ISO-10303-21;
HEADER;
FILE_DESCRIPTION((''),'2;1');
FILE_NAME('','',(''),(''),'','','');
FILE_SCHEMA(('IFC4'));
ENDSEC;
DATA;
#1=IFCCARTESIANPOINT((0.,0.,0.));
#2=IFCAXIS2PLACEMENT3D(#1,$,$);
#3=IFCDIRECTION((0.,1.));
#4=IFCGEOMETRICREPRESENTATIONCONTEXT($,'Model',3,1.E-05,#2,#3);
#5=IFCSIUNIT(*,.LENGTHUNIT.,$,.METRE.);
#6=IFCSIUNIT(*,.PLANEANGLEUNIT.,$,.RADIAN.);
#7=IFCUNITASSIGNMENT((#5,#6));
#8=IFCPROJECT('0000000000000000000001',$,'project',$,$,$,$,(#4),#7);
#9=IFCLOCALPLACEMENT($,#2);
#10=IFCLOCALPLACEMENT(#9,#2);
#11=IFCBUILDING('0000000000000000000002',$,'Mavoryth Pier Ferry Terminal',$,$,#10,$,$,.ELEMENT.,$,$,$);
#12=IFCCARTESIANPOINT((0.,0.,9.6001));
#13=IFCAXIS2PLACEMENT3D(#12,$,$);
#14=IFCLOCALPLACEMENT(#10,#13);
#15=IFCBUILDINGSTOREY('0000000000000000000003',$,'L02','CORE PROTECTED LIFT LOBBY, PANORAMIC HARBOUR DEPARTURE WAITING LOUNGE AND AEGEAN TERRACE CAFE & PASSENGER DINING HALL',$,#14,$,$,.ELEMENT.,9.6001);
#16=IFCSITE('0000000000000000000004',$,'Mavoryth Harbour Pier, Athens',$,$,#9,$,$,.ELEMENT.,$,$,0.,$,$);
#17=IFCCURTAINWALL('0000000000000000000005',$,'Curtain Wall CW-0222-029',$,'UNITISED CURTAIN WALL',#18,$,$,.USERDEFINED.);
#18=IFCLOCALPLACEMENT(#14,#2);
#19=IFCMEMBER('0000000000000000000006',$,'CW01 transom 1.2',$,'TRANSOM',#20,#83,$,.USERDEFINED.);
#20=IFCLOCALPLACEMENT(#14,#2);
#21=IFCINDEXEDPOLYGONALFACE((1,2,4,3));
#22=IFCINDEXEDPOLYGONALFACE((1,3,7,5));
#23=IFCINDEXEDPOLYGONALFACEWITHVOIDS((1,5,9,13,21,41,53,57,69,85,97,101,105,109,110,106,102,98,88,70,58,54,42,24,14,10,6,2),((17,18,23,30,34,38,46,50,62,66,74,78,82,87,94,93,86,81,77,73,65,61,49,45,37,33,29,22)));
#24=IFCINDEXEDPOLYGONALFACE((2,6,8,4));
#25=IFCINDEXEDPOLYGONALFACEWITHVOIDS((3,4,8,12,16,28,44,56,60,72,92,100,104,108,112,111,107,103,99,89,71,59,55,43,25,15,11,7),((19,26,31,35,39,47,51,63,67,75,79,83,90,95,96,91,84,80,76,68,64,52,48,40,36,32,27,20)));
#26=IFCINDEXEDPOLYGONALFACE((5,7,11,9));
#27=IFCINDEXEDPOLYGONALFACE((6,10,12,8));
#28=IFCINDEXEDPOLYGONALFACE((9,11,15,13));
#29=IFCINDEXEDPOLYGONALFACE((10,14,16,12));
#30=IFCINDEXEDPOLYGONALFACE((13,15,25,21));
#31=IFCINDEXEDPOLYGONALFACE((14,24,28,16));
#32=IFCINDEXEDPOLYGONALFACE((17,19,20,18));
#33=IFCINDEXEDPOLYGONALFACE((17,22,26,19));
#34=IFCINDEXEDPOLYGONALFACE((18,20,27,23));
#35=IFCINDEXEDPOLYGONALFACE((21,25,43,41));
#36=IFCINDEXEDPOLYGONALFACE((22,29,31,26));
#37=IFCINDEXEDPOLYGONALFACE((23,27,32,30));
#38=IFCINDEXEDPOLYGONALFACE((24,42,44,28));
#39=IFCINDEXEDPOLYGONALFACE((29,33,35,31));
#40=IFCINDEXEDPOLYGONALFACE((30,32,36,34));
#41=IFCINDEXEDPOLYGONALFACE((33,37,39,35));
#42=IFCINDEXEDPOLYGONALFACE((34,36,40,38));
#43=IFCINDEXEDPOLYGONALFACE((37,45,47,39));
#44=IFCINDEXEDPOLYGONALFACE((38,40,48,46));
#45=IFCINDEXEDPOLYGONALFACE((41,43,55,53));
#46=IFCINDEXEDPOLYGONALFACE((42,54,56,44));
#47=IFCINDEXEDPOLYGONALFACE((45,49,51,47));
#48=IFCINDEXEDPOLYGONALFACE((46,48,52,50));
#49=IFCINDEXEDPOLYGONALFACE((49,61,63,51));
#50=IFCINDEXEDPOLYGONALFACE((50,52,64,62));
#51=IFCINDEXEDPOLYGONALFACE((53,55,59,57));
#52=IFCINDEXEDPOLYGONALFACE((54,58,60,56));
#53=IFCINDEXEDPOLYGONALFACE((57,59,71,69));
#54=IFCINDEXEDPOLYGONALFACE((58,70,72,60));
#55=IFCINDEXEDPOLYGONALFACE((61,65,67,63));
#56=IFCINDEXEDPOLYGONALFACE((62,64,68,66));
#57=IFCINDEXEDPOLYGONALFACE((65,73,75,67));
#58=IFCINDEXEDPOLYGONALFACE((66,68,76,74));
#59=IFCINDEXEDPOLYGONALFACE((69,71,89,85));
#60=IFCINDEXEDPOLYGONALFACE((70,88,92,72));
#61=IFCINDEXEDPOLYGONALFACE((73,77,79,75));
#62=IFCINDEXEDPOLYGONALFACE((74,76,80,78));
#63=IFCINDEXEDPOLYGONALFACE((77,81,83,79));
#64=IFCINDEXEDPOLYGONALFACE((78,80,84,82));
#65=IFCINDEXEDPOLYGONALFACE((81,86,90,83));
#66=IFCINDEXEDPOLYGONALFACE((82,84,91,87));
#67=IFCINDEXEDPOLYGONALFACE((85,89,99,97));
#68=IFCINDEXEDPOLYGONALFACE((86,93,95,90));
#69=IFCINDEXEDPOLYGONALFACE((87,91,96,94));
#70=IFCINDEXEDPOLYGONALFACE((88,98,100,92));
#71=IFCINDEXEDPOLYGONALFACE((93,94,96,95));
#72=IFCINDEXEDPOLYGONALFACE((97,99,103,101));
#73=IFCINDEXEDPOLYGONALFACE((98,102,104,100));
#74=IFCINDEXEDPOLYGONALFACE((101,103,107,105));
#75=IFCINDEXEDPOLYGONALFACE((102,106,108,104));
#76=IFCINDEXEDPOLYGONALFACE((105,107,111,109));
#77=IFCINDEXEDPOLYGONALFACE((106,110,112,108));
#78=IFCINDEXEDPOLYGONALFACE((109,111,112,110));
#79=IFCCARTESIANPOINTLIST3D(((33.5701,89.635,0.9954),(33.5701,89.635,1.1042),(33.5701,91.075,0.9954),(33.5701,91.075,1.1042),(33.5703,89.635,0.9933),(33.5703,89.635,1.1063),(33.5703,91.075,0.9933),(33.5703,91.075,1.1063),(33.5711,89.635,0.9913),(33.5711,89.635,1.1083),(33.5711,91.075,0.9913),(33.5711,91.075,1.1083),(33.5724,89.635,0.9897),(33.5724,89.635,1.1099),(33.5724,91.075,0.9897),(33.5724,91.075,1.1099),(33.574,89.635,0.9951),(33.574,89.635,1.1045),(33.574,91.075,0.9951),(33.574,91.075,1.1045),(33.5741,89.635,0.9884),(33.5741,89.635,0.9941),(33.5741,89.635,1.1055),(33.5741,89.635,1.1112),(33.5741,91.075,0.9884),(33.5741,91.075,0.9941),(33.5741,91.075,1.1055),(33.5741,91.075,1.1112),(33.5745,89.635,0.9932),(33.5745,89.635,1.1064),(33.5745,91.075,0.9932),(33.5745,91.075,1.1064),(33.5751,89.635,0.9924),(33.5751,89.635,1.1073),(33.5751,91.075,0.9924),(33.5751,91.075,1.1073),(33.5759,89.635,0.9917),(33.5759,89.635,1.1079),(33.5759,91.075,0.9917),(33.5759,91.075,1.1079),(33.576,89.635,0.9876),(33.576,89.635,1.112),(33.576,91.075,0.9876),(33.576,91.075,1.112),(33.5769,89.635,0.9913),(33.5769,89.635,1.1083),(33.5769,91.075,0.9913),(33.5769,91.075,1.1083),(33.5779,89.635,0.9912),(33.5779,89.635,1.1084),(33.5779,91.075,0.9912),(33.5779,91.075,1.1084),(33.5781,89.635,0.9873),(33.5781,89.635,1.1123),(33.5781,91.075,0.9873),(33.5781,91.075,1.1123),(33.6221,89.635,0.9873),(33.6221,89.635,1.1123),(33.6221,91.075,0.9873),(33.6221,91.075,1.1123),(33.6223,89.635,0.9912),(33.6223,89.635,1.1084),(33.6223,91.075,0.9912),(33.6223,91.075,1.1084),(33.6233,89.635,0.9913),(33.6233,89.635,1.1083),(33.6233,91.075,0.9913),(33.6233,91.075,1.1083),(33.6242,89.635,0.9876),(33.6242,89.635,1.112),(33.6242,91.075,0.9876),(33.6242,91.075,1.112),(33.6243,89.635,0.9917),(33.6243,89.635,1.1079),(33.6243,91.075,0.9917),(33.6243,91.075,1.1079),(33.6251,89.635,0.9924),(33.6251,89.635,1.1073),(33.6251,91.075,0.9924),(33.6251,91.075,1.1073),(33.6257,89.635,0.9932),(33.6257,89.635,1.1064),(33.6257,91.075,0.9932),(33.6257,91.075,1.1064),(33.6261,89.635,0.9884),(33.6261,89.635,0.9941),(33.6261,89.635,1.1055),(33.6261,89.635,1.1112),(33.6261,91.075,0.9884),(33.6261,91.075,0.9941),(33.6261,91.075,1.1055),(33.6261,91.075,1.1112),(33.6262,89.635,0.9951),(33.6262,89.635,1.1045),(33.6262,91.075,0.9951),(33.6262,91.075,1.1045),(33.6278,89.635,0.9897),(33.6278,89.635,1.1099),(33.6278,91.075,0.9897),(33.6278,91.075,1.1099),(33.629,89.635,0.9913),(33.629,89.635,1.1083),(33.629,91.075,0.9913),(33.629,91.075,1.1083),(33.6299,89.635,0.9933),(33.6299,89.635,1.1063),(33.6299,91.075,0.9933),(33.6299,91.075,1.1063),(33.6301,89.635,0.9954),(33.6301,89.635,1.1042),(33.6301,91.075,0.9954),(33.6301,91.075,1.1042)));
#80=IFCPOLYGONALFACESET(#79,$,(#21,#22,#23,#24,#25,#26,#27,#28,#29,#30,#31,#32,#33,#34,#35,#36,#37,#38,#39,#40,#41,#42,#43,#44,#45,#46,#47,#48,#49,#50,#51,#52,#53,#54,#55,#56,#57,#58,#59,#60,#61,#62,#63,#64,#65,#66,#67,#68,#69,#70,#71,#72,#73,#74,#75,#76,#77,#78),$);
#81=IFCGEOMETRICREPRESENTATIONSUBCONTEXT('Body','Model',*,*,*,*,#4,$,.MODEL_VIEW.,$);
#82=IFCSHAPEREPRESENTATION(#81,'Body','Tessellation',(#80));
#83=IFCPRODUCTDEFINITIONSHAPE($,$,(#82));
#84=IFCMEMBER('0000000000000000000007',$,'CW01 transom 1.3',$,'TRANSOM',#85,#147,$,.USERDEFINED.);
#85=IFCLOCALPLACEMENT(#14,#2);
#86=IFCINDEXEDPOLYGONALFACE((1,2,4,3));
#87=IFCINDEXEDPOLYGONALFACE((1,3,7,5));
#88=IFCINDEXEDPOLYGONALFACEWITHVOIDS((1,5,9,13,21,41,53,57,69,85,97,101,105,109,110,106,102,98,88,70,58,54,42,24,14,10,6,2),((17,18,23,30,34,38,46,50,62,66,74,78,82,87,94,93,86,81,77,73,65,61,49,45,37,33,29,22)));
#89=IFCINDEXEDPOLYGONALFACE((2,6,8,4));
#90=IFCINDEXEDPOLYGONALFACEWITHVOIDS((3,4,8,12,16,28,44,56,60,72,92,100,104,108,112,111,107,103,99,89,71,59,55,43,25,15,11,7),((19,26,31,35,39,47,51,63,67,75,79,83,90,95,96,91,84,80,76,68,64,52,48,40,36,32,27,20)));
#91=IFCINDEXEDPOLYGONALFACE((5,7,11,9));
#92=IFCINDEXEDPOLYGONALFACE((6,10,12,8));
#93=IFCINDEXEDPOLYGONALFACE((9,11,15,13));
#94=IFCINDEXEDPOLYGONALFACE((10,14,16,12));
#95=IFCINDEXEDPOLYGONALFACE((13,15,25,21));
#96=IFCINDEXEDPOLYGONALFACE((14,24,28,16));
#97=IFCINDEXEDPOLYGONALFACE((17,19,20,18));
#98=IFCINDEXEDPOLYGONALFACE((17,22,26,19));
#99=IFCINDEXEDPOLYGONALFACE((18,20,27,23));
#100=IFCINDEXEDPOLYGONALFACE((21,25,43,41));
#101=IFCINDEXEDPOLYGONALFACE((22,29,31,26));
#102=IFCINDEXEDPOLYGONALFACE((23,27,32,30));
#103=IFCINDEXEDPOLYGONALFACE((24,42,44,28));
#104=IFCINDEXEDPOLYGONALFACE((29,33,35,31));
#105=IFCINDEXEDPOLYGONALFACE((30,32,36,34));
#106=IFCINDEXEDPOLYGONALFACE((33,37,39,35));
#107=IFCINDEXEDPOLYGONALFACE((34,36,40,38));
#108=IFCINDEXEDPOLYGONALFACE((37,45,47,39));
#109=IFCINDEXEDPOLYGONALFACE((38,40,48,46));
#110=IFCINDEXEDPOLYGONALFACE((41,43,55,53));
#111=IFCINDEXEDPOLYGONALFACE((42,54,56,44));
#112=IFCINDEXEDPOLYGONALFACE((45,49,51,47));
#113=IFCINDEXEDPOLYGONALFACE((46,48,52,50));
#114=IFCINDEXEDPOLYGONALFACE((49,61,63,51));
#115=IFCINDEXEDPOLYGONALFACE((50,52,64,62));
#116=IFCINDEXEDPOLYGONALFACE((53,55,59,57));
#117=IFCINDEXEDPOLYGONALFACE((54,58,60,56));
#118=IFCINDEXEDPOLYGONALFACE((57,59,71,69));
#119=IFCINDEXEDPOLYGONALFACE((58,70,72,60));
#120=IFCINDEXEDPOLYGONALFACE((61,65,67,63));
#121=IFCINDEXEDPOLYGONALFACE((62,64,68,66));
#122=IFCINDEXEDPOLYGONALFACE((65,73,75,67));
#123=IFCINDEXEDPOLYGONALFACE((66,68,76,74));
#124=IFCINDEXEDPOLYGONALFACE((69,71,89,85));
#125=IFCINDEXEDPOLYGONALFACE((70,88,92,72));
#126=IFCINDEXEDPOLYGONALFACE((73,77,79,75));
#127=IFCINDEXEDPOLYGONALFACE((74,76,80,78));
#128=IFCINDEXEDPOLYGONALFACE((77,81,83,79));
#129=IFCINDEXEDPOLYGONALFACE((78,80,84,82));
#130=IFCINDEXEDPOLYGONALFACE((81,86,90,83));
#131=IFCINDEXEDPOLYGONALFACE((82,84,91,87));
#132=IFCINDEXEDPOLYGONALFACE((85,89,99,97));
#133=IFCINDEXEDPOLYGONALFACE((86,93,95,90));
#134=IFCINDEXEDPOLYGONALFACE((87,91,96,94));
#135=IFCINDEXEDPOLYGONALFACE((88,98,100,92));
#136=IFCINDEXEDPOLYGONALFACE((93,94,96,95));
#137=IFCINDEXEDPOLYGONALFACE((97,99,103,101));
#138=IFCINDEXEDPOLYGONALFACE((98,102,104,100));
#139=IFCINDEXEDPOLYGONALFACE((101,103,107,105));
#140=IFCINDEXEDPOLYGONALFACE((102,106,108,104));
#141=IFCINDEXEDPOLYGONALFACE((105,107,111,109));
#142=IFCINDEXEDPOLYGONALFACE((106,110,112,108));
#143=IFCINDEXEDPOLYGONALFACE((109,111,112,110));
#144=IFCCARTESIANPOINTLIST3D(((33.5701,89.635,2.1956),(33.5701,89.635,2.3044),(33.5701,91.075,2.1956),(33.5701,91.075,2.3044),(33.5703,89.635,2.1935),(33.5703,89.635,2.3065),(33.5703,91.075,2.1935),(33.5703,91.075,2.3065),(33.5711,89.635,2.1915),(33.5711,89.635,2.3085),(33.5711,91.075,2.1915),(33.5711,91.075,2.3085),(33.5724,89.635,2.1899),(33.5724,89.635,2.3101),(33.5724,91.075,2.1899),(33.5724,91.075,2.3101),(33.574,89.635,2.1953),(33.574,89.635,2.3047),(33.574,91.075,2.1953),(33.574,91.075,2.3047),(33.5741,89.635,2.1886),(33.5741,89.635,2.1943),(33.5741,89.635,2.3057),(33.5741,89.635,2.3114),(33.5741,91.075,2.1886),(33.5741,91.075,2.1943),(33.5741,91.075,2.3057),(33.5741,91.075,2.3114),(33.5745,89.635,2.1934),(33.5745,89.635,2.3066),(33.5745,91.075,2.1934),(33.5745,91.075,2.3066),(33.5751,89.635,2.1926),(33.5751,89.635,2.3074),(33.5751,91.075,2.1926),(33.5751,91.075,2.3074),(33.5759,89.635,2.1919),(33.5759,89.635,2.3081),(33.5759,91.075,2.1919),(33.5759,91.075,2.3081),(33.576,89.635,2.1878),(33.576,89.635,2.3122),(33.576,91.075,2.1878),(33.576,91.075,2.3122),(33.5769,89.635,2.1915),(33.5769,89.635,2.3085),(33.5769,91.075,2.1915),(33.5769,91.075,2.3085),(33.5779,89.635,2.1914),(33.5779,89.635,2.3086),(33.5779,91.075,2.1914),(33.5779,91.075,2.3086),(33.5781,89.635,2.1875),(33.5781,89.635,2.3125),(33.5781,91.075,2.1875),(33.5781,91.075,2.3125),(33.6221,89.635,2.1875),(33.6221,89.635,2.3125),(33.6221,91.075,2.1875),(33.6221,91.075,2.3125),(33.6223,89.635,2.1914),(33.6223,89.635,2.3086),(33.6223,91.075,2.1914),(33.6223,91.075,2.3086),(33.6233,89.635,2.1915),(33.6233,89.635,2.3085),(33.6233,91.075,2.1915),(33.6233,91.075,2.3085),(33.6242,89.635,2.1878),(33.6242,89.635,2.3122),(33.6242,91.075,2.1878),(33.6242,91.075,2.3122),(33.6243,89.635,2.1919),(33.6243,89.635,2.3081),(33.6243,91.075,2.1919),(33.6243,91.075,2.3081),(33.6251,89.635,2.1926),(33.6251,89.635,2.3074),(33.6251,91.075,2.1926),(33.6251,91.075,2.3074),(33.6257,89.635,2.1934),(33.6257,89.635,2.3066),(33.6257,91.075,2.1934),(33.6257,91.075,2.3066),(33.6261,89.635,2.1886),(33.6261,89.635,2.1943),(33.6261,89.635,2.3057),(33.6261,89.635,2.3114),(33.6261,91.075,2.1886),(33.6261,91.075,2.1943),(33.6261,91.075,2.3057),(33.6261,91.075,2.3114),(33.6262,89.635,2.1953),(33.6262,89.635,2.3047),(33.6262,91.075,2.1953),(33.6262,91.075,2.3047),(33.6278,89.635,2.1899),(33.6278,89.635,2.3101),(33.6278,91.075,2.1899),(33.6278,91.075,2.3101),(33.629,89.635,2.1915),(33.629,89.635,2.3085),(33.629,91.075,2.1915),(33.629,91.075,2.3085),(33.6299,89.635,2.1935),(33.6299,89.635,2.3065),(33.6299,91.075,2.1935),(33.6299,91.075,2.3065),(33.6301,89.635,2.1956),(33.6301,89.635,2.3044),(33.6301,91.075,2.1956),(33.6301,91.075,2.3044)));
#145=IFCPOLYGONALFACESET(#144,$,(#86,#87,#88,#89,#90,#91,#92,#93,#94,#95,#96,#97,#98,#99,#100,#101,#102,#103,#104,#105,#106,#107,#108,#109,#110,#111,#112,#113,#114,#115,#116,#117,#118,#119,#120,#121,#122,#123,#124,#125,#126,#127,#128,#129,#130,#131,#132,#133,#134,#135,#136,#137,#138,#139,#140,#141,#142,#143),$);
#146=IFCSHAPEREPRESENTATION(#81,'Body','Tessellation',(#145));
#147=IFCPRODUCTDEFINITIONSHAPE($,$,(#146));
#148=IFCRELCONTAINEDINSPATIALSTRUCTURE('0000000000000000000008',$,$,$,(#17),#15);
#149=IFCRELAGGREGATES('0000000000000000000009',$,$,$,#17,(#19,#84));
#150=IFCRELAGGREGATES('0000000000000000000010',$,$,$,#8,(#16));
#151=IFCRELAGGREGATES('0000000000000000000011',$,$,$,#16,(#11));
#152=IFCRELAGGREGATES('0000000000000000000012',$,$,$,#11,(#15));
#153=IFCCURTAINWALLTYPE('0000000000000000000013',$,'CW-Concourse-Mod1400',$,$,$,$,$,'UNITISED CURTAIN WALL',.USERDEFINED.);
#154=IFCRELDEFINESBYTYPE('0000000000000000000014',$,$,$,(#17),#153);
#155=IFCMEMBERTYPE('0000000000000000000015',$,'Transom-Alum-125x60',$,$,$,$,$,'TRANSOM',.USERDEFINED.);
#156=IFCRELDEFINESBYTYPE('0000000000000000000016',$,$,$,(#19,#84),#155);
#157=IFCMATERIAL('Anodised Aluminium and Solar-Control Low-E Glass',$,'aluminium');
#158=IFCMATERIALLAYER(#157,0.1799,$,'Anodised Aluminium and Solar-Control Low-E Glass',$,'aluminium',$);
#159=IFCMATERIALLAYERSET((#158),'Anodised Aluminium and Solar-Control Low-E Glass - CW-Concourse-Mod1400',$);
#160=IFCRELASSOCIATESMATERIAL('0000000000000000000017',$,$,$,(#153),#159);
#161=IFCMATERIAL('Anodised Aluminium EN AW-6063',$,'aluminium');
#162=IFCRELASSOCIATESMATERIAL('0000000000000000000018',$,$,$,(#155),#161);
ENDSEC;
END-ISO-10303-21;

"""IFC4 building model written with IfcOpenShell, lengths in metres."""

from ifc_helpers import new_model, si_unit, direction, frame, origin, origin_2d, place, context, subcontext, project, spatial, hollow_rectangle, extrude, material, layer, layer_set, material_profile, profile_set, type_object, element, aggregate, save


model = new_model("IFC4")

# Units and contexts
model_context = context("Model", 3, precision=1e-05, world=origin(), true_north=direction((0.0, 1.0)))
body_context = subcontext(model_context, "Body", "Model", "MODEL_VIEW")
ifc_project = project(units=[si_unit("LENGTHUNIT", "METRE"), si_unit("PLANEANGLEUNIT", "RADIAN")], contexts=[model_context])

# Site, building, storey
site_placement = place(None, origin())
site = spatial("IfcSite", under=ifc_project, at=site_placement, Name="Mavoryth Harbour Pier, Athens", CompositionType="ELEMENT", RefElevation=0.0)
building_placement = place(site_placement, origin())
building = spatial("IfcBuilding", under=site, at=building_placement, Name="Mavoryth Pier Ferry Terminal", CompositionType="ELEMENT")
storey_placement = place(building_placement, frame((0.0, 0.0, 9.6001)))
storey = spatial("IfcBuildingStorey", under=building, at=storey_placement, Name="L02", Description="CORE PROTECTED LIFT LOBBY, PANORAMIC HARBOUR DEPARTURE WAITING LOUNGE AND AEGEAN TERRACE CAFE & PASSENGER DINING HALL", CompositionType="ELEMENT", Elevation=9.6001)

# Curtain wall
ifc_material_1 = material(Name="Anodised Aluminium and Solar-Control Low-E Glass", Category="aluminium")
ifc_layer_1 = layer(ifc_material_1, 0.1799, Name="Anodised Aluminium and Solar-Control Low-E Glass", Category="aluminium")
ifc_layer_set_1 = layer_set([ifc_layer_1], Name="Anodised Aluminium and Solar-Control Low-E Glass - CW-Concourse-Mod1400")
curtain_wall_type = type_object("IfcCurtainWallType", Name="CW-Concourse-Mod1400", ElementType="UNITISED CURTAIN WALL", PredefinedType="USERDEFINED", material=ifc_layer_set_1)
ifc_material_2 = material(Name="Anodised Aluminium EN AW-6063", Category="aluminium")
curtain_wall_1_placement = place(storey_placement, origin())
curtain_wall_1 = element("IfcCurtainWall", 1, at=curtain_wall_1_placement, inside=storey, type_object=curtain_wall_type, Name="Curtain Wall CW-0222-029", ObjectType="UNITISED CURTAIN WALL", PredefinedType="USERDEFINED")

# Members
ifc_material_profile_1 = material_profile(ifc_material_2, hollow_rectangle(XDim=0.0601, YDim=0.125, WallThickness=0.0039, InnerFilletRadius=0.0039, OuterFilletRadius=0.0081, at=origin_2d()), Name="AL-TRAN 125x60x4", Category="aluminium")
ifc_profile_set_1 = profile_set([ifc_material_profile_1], Name="Anodised Aluminium EN AW-6063 - AL-TRAN 125x60x4")
member_type_1 = type_object("IfcMemberType", Name="Transom-Alum-125x60", ElementType="TRANSOM", PredefinedType="USERDEFINED", material=ifc_profile_set_1)
member_1_placement = place(storey_placement, frame((33.6001, 89.635, 1.0498), z_axis=(0.0, 1.0, 0.0), x_axis=(-1.0, 0.0, 0.0)))
member_1 = element("IfcMember", 2, at=member_1_placement, type_object=member_type_1, Name="CW01 transom 1.2", ObjectType="TRANSOM", PredefinedType="USERDEFINED", context=body_context, shape_type="SweptSolid", body=[
    extrude(hollow_rectangle(XDim=0.0601, YDim=0.125, WallThickness=0.0039, InnerFilletRadius=0.0039, OuterFilletRadius=0.0081, at=origin_2d()), origin(), (0.0, 0.0, 1.0), 1.4399),
])
member_2_placement = place(storey_placement, frame((33.6001, 89.635, 2.25), z_axis=(0.0, 1.0, 0.0), x_axis=(-1.0, 0.0, 0.0)))
member_2 = element("IfcMember", 3, at=member_2_placement, type_object=member_type_1, Name="CW01 transom 1.3", ObjectType="TRANSOM", PredefinedType="USERDEFINED", context=body_context, shape_type="SweptSolid", body=[
    extrude(hollow_rectangle(XDim=0.0601, YDim=0.125, WallThickness=0.0039, InnerFilletRadius=0.0039, OuterFilletRadius=0.0081, at=origin_2d()), origin(), (0.0, 0.0, 1.0), 1.4399),
])

aggregate(curtain_wall_1, [member_1, member_2])

save(model, "model.ifc")
